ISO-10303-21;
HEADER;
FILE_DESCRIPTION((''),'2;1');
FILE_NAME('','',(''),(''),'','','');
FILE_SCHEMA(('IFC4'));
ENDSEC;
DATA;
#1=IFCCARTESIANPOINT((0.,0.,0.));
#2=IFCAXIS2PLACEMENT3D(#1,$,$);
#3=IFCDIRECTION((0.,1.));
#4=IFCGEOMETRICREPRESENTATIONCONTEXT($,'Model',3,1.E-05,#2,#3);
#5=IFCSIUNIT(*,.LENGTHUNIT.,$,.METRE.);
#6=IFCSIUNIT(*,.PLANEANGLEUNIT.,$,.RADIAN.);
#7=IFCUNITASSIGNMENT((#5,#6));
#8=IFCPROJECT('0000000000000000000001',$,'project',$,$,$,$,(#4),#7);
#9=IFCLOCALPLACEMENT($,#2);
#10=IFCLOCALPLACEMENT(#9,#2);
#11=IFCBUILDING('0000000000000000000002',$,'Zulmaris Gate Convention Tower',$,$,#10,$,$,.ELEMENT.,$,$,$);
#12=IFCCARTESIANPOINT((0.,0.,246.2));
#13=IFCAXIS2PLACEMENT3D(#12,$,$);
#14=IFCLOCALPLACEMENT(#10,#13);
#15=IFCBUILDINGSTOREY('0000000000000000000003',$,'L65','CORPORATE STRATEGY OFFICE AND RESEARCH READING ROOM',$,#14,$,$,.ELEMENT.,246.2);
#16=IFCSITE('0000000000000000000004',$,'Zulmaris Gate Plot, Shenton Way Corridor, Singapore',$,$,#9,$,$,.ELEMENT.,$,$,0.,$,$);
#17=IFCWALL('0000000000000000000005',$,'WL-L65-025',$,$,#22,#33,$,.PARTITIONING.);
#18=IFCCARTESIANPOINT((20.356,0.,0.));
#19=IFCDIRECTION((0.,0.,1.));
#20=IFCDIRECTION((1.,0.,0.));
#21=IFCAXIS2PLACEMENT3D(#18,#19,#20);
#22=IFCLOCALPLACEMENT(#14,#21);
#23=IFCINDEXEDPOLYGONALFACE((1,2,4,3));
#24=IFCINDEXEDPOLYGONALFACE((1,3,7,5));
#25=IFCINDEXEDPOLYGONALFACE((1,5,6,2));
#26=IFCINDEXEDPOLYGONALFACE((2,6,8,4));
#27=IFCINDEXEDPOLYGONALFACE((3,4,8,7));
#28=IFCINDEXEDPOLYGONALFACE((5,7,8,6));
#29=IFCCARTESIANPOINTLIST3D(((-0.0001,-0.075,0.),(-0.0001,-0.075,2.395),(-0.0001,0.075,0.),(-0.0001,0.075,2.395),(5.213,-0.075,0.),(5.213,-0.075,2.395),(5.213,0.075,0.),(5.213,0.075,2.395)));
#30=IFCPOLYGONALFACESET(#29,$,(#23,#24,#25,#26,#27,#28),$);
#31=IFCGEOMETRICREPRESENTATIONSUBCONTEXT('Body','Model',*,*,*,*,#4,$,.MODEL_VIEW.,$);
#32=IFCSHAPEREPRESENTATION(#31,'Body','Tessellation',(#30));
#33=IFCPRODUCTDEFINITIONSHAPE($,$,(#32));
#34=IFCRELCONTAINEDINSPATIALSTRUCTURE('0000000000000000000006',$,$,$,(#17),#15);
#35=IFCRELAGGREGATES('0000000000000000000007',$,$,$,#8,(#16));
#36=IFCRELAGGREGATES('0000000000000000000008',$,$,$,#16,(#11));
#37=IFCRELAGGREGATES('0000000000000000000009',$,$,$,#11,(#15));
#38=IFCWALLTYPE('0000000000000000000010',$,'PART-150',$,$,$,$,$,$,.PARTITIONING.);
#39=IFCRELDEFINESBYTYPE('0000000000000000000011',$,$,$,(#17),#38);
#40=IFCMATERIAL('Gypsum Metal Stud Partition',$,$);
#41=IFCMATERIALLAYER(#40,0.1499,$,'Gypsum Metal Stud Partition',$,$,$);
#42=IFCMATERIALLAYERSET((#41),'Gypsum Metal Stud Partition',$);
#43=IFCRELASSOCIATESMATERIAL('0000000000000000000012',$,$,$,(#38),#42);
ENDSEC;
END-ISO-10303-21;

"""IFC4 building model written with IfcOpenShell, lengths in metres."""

from ifc_helpers import new_model, si_unit, direction, frame, frame_2d, origin, place, context, subcontext, project, spatial, rectangle, extrude, material, layer, layer_set, type_object, element, save


model = new_model("IFC4")

# Units and contexts
model_context = context("Model", 3, precision=1e-05, world=origin(), true_north=direction((0.0, 1.0)))
body_context = subcontext(model_context, "Body", "Model", "MODEL_VIEW")
ifc_project = project(units=[si_unit("LENGTHUNIT", "METRE"), si_unit("PLANEANGLEUNIT", "RADIAN")], contexts=[model_context])

# Site, building, storey
site_placement = place(None, origin())
site = spatial("IfcSite", under=ifc_project, at=site_placement, Name="Zulmaris Gate Plot, Shenton Way Corridor, Singapore", CompositionType="ELEMENT", RefElevation=0.0)
building_placement = place(site_placement, origin())
building = spatial("IfcBuilding", under=site, at=building_placement, Name="Zulmaris Gate Convention Tower", CompositionType="ELEMENT")
storey_placement = place(building_placement, frame((0.0, 0.0, 246.2)))
storey = spatial("IfcBuildingStorey", under=building, at=storey_placement, Name="L65", Description="CORPORATE STRATEGY OFFICE AND RESEARCH READING ROOM", CompositionType="ELEMENT", Elevation=246.2)

# Wall
ifc_material_1 = material(Name="Gypsum Metal Stud Partition")
ifc_layer_1 = layer(ifc_material_1, 0.1499, Name="Gypsum Metal Stud Partition")
ifc_layer_set_1 = layer_set([ifc_layer_1], Name="Gypsum Metal Stud Partition")
wall_type_1 = type_object("IfcWallType", Name="PART-150", PredefinedType="PARTITIONING", material=ifc_layer_set_1)
wall_1_placement = place(storey_placement, frame((20.356, 0.0, 0.0), z_axis=(0.0, 0.0, 1.0), x_axis=(1.0, 0.0, 0.0)))
element("IfcWall", 1, at=wall_1_placement, inside=storey, type_object=wall_type_1, Name="WL-L65-025", PredefinedType="PARTITIONING", context=body_context, shape_type="SweptSolid", body=[
    extrude(rectangle(XDim=5.2131, YDim=0.1499, at=frame_2d((2.6064, 0.0))), origin(), (0.0, 0.0, 1.0), 2.395),
])

save(model, "model.ifc")
